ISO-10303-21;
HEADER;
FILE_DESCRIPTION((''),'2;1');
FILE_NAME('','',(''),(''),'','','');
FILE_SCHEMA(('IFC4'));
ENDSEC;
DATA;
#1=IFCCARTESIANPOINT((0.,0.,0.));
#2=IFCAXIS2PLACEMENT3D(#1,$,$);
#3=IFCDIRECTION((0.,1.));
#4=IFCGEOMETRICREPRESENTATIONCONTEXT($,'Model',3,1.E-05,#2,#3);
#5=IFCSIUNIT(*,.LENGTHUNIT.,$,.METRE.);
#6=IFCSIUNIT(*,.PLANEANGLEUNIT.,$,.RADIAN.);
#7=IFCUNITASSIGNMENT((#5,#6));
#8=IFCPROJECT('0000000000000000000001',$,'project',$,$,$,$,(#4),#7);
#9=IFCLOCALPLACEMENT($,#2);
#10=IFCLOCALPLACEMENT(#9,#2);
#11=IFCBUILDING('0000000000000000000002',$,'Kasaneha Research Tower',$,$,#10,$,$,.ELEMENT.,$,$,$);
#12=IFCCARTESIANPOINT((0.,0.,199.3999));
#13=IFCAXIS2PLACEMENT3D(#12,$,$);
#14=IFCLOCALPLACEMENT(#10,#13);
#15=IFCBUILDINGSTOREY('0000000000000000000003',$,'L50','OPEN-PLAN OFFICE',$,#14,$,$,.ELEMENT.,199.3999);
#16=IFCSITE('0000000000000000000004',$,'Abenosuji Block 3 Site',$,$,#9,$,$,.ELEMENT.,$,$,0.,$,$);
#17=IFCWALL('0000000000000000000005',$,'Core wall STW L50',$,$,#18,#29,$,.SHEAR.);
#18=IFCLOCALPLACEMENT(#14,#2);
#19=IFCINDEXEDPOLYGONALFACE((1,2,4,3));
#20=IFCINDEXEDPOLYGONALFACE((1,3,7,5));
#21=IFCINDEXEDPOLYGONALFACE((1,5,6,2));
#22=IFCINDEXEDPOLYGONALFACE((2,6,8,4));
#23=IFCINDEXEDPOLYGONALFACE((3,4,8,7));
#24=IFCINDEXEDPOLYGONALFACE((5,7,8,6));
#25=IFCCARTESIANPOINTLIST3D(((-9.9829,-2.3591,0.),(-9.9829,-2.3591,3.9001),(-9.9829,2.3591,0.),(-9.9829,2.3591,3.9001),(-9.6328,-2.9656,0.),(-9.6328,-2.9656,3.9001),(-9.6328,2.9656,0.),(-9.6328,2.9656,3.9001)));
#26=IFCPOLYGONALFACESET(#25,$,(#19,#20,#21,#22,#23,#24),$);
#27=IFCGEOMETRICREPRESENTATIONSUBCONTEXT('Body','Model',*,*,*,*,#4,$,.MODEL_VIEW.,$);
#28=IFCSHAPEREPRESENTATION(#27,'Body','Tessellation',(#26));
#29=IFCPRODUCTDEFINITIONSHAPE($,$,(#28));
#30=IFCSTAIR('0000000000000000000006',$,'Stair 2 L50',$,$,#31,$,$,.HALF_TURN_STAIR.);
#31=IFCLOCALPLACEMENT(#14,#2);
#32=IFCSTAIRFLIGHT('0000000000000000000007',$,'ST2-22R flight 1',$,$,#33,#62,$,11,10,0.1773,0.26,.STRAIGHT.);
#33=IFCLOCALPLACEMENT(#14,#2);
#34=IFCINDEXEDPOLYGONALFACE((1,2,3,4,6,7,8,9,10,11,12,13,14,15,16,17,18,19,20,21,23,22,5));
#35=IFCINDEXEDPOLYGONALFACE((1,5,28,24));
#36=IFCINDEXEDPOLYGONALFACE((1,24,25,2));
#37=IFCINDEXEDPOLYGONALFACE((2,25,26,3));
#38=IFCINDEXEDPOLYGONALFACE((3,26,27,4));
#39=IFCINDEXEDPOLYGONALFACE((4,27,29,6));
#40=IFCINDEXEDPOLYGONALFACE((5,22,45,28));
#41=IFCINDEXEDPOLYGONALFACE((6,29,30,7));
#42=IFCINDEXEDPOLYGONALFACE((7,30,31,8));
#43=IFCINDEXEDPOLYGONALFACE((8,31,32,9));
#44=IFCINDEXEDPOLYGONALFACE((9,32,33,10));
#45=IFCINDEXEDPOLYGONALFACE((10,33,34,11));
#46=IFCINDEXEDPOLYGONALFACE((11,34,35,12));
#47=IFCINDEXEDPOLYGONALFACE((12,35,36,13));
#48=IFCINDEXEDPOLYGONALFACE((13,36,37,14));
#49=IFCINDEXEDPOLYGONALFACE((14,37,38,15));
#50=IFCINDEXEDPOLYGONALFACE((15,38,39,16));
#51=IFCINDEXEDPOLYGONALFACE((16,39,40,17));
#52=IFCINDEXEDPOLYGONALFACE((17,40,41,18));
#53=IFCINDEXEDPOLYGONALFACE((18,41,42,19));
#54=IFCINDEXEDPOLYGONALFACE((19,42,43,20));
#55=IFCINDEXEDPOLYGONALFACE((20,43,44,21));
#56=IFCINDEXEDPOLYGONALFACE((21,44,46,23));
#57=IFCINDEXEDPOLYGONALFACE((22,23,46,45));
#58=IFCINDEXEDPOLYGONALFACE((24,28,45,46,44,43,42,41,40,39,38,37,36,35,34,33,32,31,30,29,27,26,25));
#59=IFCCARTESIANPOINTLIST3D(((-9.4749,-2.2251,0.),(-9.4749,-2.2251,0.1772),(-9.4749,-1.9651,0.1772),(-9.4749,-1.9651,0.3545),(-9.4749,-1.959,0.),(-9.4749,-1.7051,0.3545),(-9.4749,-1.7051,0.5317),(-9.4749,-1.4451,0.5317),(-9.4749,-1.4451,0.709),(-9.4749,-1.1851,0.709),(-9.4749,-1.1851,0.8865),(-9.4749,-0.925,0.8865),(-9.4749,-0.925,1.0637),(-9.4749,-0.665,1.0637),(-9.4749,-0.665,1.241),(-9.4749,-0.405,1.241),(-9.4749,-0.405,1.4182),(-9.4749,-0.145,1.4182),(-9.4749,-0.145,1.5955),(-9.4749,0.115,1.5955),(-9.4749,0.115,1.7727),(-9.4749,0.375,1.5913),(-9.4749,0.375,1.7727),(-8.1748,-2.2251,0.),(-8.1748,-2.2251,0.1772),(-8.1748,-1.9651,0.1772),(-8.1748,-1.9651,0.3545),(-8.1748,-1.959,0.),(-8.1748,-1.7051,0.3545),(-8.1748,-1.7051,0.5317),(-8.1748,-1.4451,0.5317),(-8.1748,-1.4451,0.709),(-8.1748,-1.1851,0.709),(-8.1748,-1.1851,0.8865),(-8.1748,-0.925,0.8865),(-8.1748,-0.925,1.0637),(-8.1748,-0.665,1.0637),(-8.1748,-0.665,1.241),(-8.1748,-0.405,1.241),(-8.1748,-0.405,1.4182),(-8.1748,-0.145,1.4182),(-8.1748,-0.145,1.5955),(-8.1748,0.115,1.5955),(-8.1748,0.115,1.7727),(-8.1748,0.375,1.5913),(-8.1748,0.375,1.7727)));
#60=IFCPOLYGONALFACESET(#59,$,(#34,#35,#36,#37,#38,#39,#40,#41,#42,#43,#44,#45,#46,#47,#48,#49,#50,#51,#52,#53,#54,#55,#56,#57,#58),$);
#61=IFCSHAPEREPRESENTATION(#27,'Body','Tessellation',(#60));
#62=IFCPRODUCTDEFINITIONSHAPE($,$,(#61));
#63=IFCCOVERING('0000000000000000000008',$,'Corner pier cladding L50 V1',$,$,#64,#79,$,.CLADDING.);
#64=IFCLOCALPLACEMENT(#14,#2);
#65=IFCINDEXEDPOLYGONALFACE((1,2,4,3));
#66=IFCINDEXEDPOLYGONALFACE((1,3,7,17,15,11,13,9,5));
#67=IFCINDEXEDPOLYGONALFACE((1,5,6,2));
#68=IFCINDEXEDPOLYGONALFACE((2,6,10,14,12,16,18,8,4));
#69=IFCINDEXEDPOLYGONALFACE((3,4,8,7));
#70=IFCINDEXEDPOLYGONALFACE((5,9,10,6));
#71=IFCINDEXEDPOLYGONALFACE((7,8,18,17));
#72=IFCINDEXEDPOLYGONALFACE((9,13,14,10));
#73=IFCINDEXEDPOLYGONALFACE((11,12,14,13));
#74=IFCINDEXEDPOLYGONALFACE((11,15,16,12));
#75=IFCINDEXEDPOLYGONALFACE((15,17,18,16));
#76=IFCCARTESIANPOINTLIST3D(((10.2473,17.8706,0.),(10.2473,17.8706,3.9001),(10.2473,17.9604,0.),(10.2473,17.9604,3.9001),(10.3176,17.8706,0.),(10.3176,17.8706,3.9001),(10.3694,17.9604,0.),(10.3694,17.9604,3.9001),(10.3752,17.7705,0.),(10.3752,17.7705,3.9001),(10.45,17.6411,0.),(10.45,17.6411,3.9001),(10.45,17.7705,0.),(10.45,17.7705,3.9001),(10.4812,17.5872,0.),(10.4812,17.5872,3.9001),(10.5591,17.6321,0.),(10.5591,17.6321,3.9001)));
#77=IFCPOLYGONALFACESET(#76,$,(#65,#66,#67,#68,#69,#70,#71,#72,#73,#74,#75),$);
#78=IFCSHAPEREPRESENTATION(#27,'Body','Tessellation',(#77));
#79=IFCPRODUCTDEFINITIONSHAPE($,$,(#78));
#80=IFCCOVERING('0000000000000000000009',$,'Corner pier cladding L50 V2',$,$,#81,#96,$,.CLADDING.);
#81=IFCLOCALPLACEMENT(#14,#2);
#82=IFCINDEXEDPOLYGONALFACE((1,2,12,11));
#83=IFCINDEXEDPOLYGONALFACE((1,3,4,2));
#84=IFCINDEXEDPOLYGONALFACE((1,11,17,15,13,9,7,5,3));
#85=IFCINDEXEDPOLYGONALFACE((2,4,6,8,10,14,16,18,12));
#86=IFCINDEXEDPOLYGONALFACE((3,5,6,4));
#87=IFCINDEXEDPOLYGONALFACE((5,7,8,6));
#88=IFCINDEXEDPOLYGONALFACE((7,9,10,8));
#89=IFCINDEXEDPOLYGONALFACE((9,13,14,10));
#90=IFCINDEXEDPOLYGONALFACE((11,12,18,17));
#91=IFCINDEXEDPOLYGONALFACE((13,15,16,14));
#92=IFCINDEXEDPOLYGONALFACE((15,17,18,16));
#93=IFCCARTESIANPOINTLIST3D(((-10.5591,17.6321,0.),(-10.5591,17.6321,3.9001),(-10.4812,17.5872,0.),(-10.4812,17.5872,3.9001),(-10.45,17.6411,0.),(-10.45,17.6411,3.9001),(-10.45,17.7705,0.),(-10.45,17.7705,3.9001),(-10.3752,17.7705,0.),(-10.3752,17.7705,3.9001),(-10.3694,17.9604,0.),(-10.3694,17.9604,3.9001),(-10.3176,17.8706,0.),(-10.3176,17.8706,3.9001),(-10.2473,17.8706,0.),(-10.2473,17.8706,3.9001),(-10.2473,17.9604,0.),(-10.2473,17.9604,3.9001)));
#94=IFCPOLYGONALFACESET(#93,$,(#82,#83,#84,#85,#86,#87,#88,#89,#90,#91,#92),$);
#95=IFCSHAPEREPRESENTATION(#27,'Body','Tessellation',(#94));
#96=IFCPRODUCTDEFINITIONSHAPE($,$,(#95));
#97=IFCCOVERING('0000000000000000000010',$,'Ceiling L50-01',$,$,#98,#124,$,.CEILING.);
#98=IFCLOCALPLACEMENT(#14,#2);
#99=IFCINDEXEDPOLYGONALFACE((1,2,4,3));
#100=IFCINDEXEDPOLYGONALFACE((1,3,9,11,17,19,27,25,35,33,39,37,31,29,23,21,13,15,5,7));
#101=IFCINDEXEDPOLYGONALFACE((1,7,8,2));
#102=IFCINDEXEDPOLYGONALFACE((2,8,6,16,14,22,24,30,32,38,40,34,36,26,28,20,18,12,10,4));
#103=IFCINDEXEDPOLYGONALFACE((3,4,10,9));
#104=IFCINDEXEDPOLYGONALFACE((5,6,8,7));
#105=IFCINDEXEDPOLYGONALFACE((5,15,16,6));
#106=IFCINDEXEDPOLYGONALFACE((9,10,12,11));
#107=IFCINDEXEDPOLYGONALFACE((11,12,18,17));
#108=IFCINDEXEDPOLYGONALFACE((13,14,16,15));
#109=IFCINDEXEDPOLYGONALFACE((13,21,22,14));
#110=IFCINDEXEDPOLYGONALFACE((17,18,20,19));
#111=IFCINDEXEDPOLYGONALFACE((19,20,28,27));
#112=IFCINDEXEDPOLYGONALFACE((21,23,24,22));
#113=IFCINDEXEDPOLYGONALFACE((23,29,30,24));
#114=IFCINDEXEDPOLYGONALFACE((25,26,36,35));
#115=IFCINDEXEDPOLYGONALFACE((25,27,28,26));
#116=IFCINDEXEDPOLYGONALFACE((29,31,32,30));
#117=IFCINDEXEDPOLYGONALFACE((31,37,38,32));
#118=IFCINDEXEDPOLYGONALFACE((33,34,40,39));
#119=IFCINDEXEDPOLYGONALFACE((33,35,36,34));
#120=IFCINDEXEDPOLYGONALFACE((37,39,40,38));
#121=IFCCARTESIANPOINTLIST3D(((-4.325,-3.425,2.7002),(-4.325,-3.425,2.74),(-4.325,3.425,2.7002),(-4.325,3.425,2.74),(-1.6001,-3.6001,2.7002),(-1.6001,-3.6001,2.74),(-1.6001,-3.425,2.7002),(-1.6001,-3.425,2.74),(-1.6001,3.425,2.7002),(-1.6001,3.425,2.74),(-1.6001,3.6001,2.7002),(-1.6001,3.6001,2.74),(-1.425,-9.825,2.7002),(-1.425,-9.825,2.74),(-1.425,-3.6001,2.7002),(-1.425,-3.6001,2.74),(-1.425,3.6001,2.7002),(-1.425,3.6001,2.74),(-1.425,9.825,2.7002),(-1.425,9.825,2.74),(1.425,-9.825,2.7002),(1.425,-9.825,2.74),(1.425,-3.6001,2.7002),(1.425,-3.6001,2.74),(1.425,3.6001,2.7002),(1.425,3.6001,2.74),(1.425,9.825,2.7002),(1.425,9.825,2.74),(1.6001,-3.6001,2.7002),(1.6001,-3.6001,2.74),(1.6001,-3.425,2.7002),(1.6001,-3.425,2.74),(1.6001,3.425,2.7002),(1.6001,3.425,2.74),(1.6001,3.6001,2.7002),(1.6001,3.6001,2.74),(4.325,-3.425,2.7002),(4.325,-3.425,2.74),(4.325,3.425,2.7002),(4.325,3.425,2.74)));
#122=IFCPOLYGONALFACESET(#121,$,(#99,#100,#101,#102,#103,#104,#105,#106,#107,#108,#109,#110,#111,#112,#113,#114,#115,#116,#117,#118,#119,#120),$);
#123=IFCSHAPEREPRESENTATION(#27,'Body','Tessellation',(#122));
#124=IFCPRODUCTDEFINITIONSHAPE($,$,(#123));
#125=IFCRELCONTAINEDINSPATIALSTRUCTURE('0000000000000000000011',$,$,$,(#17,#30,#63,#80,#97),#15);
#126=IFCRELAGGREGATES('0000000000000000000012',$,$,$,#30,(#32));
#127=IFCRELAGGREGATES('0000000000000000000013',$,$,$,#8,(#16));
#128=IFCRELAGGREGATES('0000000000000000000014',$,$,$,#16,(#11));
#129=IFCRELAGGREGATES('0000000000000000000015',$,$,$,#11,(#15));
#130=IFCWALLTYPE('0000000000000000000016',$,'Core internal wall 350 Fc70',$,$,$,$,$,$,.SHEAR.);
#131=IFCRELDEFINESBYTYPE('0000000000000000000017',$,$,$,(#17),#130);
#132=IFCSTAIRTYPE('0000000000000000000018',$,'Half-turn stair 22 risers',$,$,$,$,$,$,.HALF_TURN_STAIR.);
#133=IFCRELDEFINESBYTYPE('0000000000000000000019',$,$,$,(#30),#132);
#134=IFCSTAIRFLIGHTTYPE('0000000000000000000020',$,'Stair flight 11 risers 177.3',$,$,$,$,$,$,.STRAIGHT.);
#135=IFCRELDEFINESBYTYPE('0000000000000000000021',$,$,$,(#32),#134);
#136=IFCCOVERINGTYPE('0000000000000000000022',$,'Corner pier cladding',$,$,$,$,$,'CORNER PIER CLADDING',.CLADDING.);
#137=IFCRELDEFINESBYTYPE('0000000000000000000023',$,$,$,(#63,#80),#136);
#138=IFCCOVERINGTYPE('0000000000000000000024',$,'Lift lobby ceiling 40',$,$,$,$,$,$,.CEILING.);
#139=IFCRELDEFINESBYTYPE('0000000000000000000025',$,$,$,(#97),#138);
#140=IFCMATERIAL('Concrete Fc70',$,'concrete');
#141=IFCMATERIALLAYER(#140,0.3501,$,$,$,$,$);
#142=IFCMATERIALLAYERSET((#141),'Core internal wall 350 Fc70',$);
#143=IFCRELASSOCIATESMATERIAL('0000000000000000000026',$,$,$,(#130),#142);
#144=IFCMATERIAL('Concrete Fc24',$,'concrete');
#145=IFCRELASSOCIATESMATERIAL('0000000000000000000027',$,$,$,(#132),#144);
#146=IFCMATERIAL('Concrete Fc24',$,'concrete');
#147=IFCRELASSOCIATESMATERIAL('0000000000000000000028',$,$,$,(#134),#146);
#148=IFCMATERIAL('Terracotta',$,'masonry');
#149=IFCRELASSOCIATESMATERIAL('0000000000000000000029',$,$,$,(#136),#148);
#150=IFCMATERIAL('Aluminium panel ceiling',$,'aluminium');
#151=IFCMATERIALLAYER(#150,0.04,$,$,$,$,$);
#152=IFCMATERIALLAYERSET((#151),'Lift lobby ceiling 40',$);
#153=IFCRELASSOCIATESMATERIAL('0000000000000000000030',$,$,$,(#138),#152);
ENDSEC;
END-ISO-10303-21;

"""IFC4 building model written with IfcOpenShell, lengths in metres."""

from ifc_helpers import new_model, si_unit, direction, frame, origin, place, context, subcontext, project, spatial, polyline, outline, extrude, material, layer, layer_set, type_object, element, aggregate, save


model = new_model("IFC4")

# Units and contexts
model_context = context("Model", 3, precision=1e-05, world=origin(), true_north=direction((0.0, 1.0)))
body_context = subcontext(model_context, "Body", "Model", "MODEL_VIEW")
ifc_project = project(units=[si_unit("LENGTHUNIT", "METRE"), si_unit("PLANEANGLEUNIT", "RADIAN")], contexts=[model_context])

# Site, building, storey
site_placement = place(None, origin())
site = spatial("IfcSite", under=ifc_project, at=site_placement, Name="Abenosuji Block 3 Site", CompositionType="ELEMENT", RefElevation=0.0)
building_placement = place(site_placement, origin())
building = spatial("IfcBuilding", under=site, at=building_placement, Name="Kasaneha Research Tower", CompositionType="ELEMENT")
storey_placement = place(building_placement, frame((0.0, 0.0, 199.3999)))
storey = spatial("IfcBuildingStorey", under=building, at=storey_placement, Name="L50", Description="OPEN-PLAN OFFICE", CompositionType="ELEMENT", Elevation=199.3999)

# Shared definitions
ifc_material_1 = material(Name="Concrete Fc70", Category="concrete")
ifc_layer_1 = layer(ifc_material_1, 0.3501)
ifc_layer_set_1 = layer_set([ifc_layer_1], Name="Core internal wall 350 Fc70")
wall_type = type_object("IfcWallType", Name="Core internal wall 350 Fc70", PredefinedType="SHEAR", material=ifc_layer_set_1)

# Wall
wall_1_placement = place(storey_placement, frame((-9.8079, -2.6624, 0.0), z_axis=(0.0, 0.0, 1.0), x_axis=(0.0, 1.0, 0.0)))
element("IfcWall", 1, at=wall_1_placement, inside=storey, type_object=wall_type, Name="Core wall STW L50", PredefinedType="SHEAR", context=body_context, shape_type="SweptSolid", body=[
    extrude(outline(polyline([(-0.3032, -0.175), (5.6279, -0.175), (5.0215, 0.175), (0.3032, 0.175), (-0.3032, -0.175)])), origin(), (0.0, 0.0, 1.0), 3.9001),
])

# Stair, stair flight
ifc_material_2 = material(Name="Concrete Fc24", Category="concrete")
stair_type = type_object("IfcStairType", Name="Half-turn stair 22 risers", PredefinedType="HALF_TURN_STAIR", material=ifc_material_2)
stair_placement = place(storey_placement, origin())
stair = element("IfcStair", 2, at=stair_placement, inside=storey, type_object=stair_type, Name="Stair 2 L50", PredefinedType="HALF_TURN_STAIR")
ifc_material_3 = material(Name="Concrete Fc24", Category="concrete")
stair_flight_type = type_object("IfcStairFlightType", Name="Stair flight 11 risers 177.3", PredefinedType="STRAIGHT", material=ifc_material_3)
stair_flight_placement = place(storey_placement, frame((-8.825, -2.2251, 0.0), z_axis=(0.0, 0.0, 1.0), x_axis=(0.0, 1.0, 0.0)))
stair_flight = element("IfcStairFlight", 3, at=stair_flight_placement, type_object=stair_flight_type, Name="ST2-22R flight 1", NumberOfRisers=11, NumberOfTreads=10, PredefinedType="STRAIGHT", RiserHeight=0.1773, TreadLength=0.26, context=body_context, shape_type="SweptSolid", body=[
    extrude(outline(polyline([(0.0, 0.0), (0.0, 0.1772), (0.26, 0.1772), (0.26, 0.3545), (0.52, 0.3545), (0.52, 0.5317), (0.78, 0.5317), (0.78, 0.709), (1.04, 0.709), (1.04, 0.8865), (1.3, 0.8865), (1.3, 1.0637), (1.5601, 1.0637), (1.5601, 1.241), (1.8201, 1.241), (1.8201, 1.4182), (2.0801, 1.4182), (2.0801, 1.5955), (2.3401, 1.5955), (2.3401, 1.7727), (2.6001, 1.7727), (2.6001, 1.95), (2.6001, 1.5913), (0.2661, 0.0), (0.0, 0.0)])), frame((0.0, 0.6499, 0.0), z_axis=(0.0, -1.0, 0.0), x_axis=(1.0, 0.0, 0.0)), (0.0, 0.0, 1.0), 1.3),
])
aggregate(stair, [stair_flight])

# Coverings
ifc_material_4 = material(Name="Terracotta", Category="masonry")
covering_type_1 = type_object("IfcCoveringType", Name="Corner pier cladding", ElementType="CORNER PIER CLADDING", PredefinedType="CLADDING", material=ifc_material_4)
covering_1_placement = place(storey_placement, origin())
element("IfcCovering", 4, at=covering_1_placement, inside=storey, type_object=covering_type_1, Name="Corner pier cladding L50 V1", PredefinedType="CLADDING", context=body_context, shape_type="SweptSolid", body=[
    extrude(outline(polyline([(10.4812, 17.5872), (10.45, 17.6411), (10.45, 17.7705), (10.3752, 17.7705), (10.3176, 17.8706), (10.2473, 17.8706), (10.2473, 17.9604), (10.3694, 17.9604), (10.5591, 17.6321), (10.4812, 17.5872)])), origin(), (0.0, 0.0, 1.0), 3.9001),
])
covering_2_placement = place(storey_placement, origin())
element("IfcCovering", 5, at=covering_2_placement, inside=storey, type_object=covering_type_1, Name="Corner pier cladding L50 V2", PredefinedType="CLADDING", context=body_context, shape_type="SweptSolid", body=[
    extrude(outline(polyline([(-10.2473, 17.8706), (-10.3176, 17.8706), (-10.3752, 17.7705), (-10.45, 17.7705), (-10.45, 17.6411), (-10.4812, 17.5872), (-10.5591, 17.6321), (-10.3694, 17.9604), (-10.2473, 17.9604), (-10.2473, 17.8706)])), origin(), (0.0, 0.0, 1.0), 3.9001),
])
ifc_material_5 = material(Name="Aluminium panel ceiling", Category="aluminium")
ifc_layer_2 = layer(ifc_material_5, 0.04)
ifc_layer_set_2 = layer_set([ifc_layer_2], Name="Lift lobby ceiling 40")
covering_type_2 = type_object("IfcCoveringType", Name="Lift lobby ceiling 40", PredefinedType="CEILING", material=ifc_layer_set_2)
covering_3_placement = place(storey_placement, frame((0.0, 0.0, 2.7002)))
element("IfcCovering", 6, at=covering_3_placement, inside=storey, type_object=covering_type_2, Name="Ceiling L50-01", PredefinedType="CEILING", context=body_context, shape_type="SweptSolid", body=[
    extrude(outline(polyline([(1.425, 9.825), (1.425, 3.6001), (1.6001, 3.6001), (1.6001, 3.425), (4.325, 3.425), (4.325, -3.425), (1.6001, -3.425), (1.6001, -3.6001), (1.425, -3.6001), (1.425, -9.825), (-1.425, -9.825), (-1.425, -3.6001), (-1.6001, -3.6001), (-1.6001, -3.425), (-4.325, -3.425), (-4.325, 3.425), (-1.6001, 3.425), (-1.6001, 3.6001), (-1.425, 3.6001), (-1.425, 9.825), (1.425, 9.825)])), origin(), (0.0, 0.0, 1.0), 0.0398),
])

save(model, "model.ifc")
